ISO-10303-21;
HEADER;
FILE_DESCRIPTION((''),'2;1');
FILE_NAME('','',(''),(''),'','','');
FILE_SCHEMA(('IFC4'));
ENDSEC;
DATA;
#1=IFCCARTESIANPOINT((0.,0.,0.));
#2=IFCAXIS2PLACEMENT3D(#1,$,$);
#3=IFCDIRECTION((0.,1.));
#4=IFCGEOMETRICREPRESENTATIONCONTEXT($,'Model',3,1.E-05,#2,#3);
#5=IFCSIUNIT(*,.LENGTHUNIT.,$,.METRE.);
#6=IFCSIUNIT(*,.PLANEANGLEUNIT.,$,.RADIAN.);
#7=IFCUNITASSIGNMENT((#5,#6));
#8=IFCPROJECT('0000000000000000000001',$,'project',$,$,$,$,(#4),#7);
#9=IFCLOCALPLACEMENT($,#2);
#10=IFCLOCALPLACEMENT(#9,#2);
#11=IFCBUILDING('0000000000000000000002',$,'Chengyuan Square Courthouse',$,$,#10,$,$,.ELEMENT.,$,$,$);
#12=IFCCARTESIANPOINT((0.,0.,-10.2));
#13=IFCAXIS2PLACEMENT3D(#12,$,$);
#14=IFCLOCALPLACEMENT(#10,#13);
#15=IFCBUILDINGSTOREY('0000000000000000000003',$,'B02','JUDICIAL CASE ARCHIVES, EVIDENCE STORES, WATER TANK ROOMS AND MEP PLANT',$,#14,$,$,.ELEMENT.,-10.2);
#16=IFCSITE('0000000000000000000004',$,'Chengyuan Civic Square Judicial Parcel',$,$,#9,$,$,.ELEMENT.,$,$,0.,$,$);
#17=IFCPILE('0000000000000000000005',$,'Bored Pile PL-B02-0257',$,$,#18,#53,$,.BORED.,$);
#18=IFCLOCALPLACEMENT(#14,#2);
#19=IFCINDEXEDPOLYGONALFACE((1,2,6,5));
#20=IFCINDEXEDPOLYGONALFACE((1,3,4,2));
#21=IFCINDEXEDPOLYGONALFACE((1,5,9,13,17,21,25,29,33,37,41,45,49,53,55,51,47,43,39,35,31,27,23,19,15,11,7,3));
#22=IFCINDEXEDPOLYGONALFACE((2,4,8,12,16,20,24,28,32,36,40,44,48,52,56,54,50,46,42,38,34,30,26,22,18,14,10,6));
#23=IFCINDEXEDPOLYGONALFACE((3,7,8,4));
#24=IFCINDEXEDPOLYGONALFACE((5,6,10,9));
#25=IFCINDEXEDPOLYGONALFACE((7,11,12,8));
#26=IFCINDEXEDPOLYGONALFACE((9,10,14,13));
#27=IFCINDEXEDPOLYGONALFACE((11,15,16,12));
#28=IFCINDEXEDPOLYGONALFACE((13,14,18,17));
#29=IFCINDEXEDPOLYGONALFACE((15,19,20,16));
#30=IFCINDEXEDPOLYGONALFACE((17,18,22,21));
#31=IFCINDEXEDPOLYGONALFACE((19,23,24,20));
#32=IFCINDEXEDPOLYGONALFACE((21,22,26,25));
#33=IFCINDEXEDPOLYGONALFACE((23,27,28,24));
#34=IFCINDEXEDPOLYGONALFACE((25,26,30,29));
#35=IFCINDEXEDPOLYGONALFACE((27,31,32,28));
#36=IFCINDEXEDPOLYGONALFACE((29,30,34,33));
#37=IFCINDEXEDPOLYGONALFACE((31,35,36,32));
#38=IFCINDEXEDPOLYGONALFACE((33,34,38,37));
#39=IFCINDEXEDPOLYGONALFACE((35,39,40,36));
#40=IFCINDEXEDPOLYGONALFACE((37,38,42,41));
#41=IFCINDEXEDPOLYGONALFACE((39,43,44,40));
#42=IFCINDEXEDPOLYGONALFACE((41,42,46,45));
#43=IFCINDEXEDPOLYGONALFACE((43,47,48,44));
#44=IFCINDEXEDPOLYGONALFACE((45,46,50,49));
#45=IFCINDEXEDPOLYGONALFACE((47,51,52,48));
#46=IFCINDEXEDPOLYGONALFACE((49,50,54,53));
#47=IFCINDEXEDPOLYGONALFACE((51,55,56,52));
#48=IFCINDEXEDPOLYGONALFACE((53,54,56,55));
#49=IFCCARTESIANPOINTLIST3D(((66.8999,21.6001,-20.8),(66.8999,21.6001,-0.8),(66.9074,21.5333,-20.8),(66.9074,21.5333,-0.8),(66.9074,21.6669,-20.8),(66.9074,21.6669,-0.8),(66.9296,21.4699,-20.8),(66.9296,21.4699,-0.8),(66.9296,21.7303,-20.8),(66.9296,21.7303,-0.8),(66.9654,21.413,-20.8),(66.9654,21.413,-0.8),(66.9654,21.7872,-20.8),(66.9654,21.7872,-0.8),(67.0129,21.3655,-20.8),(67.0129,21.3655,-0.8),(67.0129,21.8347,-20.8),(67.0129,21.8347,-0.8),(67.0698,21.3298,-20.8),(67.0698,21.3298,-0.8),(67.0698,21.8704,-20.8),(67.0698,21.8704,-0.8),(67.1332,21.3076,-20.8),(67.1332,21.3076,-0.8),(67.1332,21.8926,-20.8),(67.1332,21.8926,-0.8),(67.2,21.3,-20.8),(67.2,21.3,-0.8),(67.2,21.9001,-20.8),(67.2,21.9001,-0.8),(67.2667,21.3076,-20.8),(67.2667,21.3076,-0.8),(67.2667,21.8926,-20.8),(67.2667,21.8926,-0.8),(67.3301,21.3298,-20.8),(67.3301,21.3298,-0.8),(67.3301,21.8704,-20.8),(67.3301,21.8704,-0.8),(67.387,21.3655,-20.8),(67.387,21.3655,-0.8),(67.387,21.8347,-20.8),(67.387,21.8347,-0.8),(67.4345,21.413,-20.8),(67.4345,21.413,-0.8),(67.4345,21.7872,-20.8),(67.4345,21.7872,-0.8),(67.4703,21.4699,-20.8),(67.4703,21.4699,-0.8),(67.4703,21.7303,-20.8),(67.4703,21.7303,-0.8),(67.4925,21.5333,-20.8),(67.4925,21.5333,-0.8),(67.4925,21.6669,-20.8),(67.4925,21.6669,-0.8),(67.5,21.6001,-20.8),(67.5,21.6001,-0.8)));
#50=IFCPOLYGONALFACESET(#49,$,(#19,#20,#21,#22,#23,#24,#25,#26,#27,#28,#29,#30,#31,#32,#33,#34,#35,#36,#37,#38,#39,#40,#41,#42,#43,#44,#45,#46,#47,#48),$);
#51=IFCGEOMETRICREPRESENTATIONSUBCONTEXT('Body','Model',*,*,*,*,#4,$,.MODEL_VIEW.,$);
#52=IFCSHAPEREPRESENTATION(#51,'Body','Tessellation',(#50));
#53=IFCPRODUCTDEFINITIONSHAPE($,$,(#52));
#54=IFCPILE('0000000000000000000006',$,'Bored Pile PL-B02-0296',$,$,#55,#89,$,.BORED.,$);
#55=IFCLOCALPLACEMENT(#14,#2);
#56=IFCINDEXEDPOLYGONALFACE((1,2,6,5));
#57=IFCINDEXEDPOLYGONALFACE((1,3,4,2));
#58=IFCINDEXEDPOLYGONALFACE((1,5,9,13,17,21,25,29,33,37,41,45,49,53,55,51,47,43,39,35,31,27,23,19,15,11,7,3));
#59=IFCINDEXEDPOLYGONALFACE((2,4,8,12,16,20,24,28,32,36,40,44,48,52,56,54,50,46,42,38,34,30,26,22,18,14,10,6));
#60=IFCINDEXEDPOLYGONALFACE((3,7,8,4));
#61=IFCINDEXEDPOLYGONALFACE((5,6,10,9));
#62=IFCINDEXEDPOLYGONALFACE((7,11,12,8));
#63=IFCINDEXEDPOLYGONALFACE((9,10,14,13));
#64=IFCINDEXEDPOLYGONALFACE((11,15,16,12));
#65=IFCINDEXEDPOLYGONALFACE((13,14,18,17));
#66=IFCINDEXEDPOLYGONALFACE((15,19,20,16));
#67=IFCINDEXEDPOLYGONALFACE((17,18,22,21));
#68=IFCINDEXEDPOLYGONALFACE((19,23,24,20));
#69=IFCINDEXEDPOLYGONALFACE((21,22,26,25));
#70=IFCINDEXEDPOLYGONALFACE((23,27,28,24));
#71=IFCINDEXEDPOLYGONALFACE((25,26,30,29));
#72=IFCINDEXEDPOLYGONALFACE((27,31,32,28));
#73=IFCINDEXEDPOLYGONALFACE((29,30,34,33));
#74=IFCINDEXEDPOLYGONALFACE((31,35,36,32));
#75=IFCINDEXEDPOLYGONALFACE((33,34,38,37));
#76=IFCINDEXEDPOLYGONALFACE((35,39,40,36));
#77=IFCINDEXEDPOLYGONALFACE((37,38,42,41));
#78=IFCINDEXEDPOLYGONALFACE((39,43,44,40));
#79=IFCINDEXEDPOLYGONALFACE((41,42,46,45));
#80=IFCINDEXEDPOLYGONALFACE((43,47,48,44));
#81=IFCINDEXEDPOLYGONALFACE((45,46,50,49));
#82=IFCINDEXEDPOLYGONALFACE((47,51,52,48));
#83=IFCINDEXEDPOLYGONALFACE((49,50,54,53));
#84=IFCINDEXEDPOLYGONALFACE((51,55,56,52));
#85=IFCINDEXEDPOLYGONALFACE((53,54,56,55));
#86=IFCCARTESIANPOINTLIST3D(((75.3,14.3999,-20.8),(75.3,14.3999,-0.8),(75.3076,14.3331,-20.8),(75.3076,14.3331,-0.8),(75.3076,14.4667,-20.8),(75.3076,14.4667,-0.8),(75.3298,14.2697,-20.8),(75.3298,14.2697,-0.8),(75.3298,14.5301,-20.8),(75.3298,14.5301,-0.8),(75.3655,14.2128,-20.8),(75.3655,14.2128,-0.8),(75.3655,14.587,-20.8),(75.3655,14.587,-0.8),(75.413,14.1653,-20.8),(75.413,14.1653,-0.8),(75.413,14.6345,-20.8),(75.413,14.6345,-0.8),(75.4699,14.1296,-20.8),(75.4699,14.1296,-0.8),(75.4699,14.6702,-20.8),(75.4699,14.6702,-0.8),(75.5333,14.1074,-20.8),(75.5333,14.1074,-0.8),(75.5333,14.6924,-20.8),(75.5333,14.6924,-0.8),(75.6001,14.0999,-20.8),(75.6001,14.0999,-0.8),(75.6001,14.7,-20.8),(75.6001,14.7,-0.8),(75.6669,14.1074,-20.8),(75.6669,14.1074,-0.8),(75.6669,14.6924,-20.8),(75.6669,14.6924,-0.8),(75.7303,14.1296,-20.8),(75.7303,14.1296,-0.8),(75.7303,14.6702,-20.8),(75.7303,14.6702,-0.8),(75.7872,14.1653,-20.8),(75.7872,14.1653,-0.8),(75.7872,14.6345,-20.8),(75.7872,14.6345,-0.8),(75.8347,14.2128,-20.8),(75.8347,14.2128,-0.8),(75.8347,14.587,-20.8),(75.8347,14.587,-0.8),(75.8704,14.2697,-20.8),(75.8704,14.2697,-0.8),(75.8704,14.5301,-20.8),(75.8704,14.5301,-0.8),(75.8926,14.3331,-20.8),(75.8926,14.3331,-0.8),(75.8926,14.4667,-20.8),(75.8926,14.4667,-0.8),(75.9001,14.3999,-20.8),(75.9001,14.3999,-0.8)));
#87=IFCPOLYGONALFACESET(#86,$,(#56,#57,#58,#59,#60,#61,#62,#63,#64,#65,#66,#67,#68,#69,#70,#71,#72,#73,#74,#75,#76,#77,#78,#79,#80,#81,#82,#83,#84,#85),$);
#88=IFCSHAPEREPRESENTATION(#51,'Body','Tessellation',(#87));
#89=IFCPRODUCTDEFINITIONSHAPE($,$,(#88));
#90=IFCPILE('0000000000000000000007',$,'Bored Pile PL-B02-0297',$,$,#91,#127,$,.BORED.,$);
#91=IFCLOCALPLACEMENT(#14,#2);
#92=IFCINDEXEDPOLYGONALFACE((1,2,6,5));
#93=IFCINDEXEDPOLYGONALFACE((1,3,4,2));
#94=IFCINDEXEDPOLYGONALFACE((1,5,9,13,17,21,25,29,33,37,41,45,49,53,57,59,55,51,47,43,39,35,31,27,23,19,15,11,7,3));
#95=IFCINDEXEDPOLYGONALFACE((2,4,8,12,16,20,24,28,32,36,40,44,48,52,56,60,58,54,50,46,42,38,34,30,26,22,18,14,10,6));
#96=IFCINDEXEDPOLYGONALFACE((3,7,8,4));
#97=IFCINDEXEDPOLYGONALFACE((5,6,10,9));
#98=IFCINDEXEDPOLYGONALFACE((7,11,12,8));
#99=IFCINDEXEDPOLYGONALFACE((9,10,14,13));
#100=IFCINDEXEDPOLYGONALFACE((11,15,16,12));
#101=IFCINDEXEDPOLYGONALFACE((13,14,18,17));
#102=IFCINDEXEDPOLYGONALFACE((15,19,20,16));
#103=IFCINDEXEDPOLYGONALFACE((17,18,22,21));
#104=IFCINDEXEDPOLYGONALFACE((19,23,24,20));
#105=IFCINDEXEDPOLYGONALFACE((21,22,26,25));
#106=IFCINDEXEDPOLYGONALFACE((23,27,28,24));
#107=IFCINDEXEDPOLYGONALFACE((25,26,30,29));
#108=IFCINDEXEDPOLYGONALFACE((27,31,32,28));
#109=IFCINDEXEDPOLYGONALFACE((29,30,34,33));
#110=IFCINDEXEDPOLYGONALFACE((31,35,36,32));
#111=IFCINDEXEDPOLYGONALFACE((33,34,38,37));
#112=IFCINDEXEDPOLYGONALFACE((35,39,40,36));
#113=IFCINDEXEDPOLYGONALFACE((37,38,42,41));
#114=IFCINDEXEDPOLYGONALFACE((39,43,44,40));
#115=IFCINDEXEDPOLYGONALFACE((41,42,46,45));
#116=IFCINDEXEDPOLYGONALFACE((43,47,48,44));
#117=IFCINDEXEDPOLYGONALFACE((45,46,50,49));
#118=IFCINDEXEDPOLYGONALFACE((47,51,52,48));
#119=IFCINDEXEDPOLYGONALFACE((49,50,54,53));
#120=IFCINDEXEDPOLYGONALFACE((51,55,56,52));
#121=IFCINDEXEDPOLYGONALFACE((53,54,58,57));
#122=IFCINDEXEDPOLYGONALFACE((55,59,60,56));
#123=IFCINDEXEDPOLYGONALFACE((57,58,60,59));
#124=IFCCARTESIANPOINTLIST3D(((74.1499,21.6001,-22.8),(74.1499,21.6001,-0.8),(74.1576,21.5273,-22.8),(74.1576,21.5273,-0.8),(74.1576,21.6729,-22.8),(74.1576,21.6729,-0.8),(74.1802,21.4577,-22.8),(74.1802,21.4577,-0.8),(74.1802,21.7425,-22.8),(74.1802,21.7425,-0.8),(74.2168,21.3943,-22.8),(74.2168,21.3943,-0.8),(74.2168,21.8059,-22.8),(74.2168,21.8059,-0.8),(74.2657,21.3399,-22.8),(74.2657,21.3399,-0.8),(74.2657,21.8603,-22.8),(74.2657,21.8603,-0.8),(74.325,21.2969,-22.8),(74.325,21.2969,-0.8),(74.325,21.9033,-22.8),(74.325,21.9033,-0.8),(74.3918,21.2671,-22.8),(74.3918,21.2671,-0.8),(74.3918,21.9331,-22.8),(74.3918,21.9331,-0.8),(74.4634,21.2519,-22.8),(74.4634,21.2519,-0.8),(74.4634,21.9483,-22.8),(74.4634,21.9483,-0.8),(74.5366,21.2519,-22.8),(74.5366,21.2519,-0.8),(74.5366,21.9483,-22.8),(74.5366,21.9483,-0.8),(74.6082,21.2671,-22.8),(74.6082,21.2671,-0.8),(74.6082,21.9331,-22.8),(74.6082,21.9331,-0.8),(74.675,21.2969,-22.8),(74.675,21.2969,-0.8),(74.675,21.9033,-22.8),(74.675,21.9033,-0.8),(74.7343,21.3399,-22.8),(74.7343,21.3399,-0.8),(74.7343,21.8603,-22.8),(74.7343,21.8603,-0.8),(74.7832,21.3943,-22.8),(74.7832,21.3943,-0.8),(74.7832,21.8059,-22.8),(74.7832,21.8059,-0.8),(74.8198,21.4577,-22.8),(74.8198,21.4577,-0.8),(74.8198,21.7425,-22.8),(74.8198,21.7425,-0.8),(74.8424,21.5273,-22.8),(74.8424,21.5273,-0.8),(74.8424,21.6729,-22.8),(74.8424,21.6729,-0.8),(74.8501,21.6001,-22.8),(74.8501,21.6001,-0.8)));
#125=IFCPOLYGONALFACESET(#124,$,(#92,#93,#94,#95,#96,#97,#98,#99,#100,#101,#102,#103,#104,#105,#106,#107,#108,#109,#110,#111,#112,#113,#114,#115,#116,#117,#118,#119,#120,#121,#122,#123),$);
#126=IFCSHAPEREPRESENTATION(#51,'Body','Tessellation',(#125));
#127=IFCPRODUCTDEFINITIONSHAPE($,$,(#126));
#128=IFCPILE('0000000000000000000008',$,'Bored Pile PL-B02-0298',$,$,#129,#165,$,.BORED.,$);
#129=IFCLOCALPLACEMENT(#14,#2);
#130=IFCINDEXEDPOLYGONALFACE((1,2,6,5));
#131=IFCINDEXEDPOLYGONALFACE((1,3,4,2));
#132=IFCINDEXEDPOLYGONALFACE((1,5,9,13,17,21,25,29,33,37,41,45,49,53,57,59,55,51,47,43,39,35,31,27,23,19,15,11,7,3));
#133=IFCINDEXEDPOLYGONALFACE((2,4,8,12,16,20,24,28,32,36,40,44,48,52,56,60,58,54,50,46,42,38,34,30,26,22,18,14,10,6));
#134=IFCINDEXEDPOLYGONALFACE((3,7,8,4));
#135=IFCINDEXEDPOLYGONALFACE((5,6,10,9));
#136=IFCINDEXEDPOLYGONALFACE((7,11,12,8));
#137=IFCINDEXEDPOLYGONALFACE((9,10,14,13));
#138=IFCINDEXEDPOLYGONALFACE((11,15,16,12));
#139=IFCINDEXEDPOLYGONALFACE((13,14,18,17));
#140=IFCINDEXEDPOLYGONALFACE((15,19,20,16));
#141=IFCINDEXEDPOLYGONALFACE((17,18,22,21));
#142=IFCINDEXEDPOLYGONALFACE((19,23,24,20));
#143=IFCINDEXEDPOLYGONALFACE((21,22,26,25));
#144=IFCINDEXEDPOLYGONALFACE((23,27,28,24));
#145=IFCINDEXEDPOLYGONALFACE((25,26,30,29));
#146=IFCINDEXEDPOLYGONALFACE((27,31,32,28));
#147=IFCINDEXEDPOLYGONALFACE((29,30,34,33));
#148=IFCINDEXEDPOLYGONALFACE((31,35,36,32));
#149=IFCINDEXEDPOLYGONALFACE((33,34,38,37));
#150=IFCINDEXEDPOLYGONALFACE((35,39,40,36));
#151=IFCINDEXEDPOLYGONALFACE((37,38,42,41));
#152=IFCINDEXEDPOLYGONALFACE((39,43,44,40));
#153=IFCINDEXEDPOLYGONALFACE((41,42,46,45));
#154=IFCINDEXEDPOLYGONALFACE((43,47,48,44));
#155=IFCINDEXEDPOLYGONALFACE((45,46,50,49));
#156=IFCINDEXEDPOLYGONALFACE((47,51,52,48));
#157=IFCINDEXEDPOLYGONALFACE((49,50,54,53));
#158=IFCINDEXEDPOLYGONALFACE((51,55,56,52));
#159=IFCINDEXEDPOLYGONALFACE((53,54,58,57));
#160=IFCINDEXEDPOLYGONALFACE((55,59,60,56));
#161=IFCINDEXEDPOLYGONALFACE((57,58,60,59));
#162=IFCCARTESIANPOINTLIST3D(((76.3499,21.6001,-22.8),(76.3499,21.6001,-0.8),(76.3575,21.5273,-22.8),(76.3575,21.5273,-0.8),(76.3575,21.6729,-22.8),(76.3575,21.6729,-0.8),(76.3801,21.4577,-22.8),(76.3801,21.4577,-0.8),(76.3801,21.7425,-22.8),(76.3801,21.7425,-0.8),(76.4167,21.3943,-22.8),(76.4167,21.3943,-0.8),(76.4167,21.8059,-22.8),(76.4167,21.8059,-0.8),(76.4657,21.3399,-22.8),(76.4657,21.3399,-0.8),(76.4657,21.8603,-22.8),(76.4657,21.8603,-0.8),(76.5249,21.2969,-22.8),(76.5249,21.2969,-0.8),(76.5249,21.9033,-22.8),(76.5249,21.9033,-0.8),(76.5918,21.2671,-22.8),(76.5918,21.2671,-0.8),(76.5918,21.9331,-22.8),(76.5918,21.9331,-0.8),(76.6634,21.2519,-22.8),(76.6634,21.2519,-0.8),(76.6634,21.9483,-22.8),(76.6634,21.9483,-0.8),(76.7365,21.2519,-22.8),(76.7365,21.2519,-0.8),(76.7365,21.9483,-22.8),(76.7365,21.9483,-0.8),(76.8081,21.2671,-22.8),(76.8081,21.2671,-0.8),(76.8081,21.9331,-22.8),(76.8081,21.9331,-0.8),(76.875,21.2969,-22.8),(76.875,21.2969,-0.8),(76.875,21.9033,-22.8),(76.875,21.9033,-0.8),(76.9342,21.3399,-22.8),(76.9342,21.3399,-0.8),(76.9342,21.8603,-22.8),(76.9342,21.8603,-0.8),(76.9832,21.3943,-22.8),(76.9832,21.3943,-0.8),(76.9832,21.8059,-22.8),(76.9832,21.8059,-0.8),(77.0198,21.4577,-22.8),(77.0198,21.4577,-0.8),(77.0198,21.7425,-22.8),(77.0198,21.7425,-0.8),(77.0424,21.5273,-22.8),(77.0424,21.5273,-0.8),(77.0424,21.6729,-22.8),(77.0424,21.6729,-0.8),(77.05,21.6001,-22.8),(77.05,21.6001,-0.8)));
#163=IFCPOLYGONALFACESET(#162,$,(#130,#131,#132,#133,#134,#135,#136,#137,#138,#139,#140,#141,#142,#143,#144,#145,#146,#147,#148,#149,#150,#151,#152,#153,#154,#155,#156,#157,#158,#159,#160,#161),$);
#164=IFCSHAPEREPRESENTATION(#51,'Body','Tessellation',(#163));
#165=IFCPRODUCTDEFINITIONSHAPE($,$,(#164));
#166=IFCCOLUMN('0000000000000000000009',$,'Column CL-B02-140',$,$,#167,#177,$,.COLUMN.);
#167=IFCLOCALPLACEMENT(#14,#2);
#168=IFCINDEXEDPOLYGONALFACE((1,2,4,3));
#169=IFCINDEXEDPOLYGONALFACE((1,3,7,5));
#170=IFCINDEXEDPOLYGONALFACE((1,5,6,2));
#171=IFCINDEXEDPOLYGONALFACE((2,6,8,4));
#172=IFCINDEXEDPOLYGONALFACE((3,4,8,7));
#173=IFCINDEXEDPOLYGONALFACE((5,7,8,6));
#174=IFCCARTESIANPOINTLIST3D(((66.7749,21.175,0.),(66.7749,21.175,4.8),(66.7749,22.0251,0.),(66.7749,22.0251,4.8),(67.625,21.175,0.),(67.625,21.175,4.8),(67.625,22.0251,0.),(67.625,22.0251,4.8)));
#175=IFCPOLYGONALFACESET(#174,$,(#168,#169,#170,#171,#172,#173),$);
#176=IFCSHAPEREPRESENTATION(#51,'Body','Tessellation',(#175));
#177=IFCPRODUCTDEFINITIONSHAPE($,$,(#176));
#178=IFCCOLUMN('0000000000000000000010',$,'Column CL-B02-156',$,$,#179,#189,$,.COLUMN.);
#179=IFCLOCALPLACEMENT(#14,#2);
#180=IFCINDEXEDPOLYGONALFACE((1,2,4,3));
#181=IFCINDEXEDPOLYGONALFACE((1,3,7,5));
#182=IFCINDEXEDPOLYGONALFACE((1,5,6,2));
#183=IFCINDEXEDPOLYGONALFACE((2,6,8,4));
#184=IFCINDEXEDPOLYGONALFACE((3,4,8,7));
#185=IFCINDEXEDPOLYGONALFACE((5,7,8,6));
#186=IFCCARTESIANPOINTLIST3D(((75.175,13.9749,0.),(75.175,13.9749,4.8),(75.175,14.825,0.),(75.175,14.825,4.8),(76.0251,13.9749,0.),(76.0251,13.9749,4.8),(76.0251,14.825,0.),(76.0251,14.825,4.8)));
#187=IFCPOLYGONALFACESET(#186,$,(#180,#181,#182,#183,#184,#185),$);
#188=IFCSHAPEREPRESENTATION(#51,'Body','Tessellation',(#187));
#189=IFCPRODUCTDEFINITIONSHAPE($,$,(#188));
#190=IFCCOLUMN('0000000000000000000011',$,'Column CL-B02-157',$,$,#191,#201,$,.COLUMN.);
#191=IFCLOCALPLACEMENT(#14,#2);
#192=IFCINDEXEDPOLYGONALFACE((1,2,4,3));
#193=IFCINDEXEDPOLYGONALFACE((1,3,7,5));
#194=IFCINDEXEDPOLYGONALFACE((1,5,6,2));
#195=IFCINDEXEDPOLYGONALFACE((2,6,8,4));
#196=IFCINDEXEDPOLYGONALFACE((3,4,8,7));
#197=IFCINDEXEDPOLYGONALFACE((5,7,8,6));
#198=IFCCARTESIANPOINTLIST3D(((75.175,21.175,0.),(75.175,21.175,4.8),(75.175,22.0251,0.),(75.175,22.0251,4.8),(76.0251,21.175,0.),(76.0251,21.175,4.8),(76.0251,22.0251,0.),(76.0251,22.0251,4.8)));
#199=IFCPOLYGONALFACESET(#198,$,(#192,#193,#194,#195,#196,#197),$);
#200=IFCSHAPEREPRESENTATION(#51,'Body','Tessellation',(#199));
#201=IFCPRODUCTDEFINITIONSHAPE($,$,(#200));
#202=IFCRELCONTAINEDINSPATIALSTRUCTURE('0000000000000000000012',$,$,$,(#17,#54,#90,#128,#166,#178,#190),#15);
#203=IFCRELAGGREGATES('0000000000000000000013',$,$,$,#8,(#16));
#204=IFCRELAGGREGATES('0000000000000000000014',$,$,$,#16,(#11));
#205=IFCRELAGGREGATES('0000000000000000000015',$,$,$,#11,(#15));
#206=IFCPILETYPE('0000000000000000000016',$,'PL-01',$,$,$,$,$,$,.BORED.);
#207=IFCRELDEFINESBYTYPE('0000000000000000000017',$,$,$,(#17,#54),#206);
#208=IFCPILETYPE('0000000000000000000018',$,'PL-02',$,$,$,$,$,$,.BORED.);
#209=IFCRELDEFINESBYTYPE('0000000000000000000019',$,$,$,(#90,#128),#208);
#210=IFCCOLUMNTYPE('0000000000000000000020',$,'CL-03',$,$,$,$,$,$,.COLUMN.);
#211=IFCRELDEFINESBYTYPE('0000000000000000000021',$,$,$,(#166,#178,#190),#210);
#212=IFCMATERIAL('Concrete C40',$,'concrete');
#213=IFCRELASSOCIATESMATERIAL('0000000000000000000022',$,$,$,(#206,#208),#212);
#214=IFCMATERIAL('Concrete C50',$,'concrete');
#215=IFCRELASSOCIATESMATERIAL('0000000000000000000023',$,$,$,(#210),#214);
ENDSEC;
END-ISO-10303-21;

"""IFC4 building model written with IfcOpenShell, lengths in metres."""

from ifc_helpers import new_model, si_unit, direction, frame, origin, origin_2d, place, context, subcontext, project, spatial, rectangle, circle, extrude, material, material_profile, profile_set, type_object, element, save


model = new_model("IFC4")

# Units and contexts
model_context = context("Model", 3, precision=1e-05, world=origin(), true_north=direction((0.0, 1.0)))
body_context = subcontext(model_context, "Body", "Model", "MODEL_VIEW")
ifc_project = project(units=[si_unit("LENGTHUNIT", "METRE"), si_unit("PLANEANGLEUNIT", "RADIAN")], contexts=[model_context])

# Site, building, storey
site_placement = place(None, origin())
site = spatial("IfcSite", under=ifc_project, at=site_placement, Name="Chengyuan Civic Square Judicial Parcel", CompositionType="ELEMENT", RefElevation=0.0)
building_placement = place(site_placement, origin())
building = spatial("IfcBuilding", under=site, at=building_placement, Name="Chengyuan Square Courthouse", CompositionType="ELEMENT")
storey_placement = place(building_placement, frame((0.0, 0.0, -10.2)))
storey = spatial("IfcBuildingStorey", under=building, at=storey_placement, Name="B02", Description="JUDICIAL CASE ARCHIVES, EVIDENCE STORES, WATER TANK ROOMS AND MEP PLANT", CompositionType="ELEMENT", Elevation=-10.2)

# Shared definitions
ifc_material_1 = material(Name="Concrete C40", Category="concrete")

# Piles
ifc_material_profile_1 = material_profile(ifc_material_1, circle(Radius=0.3, at=origin_2d()), Name="BORED PILE D600")
ifc_profile_set_1 = profile_set([ifc_material_profile_1], Name="Concrete C40")
pile_type_1 = type_object("IfcPileType", Name="PL-01", PredefinedType="BORED", material=ifc_profile_set_1)
for number, where, z_axis, x_axis, name in (
    (1, (67.2, 21.6001, -0.8), (0.0, 0.0, -1.0), (1.0, 0.0, 0.0), "Bored Pile PL-B02-0257"),
    (2, (75.6001, 14.3999, -0.8), (0.0, 0.0, -1.0), (1.0, 0.0, 0.0), "Bored Pile PL-B02-0296"),
):
    element("IfcPile", number, at=place(storey_placement, frame(where, z_axis=z_axis, x_axis=x_axis)), inside=storey, type_object=pile_type_1, Name=name, PredefinedType="BORED", context=body_context, shape_type="SweptSolid", body=[
        extrude(circle(Radius=0.3, at=origin_2d()), origin(), (0.0, 0.0, 1.0), 20.0),
    ])
ifc_material_profile_2 = material_profile(ifc_material_1, circle(Radius=0.3501, at=origin_2d()), Name="BORED PILE D700")
ifc_profile_set_2 = profile_set([ifc_material_profile_2], Name="Concrete C40")
pile_type_2 = type_object("IfcPileType", Name="PL-02", PredefinedType="BORED", material=ifc_profile_set_2)
for number, where, z_axis, x_axis, name in (
    (3, (74.5, 21.6001, -0.8), (0.0, 0.0, -1.0), (1.0, 0.0, 0.0), "Bored Pile PL-B02-0297"),
    (4, (76.7, 21.6001, -0.8), (0.0, 0.0, -1.0), (1.0, 0.0, 0.0), "Bored Pile PL-B02-0298"),
):
    element("IfcPile", number, at=place(storey_placement, frame(where, z_axis=z_axis, x_axis=x_axis)), inside=storey, type_object=pile_type_2, Name=name, PredefinedType="BORED", context=body_context, shape_type="SweptSolid", body=[
        extrude(circle(Radius=0.3501, at=origin_2d()), origin(), (0.0, 0.0, 1.0), 22.0),
    ])

# Columns
ifc_material_2 = material(Name="Concrete C50", Category="concrete")
ifc_material_profile_3 = material_profile(ifc_material_2, rectangle(XDim=0.8501, YDim=0.8501, at=origin_2d()), Name="RC-COL-850x850")
ifc_profile_set_3 = profile_set([ifc_material_profile_3], Name="Concrete C50")
column_type = type_object("IfcColumnType", Name="CL-03", PredefinedType="COLUMN", material=ifc_profile_set_3)
for number, where, z_axis, x_axis, name in (
    (5, (67.2, 21.6001, 0.0), (0.0, 0.0, 1.0), (1.0, 0.0, 0.0), "Column CL-B02-140"),
    (6, (75.6001, 14.3999, 0.0), (0.0, 0.0, 1.0), (1.0, 0.0, 0.0), "Column CL-B02-156"),
    (7, (75.6001, 21.6001, 0.0), (0.0, 0.0, 1.0), (1.0, 0.0, 0.0), "Column CL-B02-157"),
):
    element("IfcColumn", number, at=place(storey_placement, frame(where, z_axis=z_axis, x_axis=x_axis)), inside=storey, type_object=column_type, Name=name, PredefinedType="COLUMN", context=body_context, shape_type="SweptSolid", body=[
        extrude(rectangle(XDim=0.8501, YDim=0.8501, at=origin_2d()), origin(), (0.0, 0.0, 1.0), 4.8),
    ])

save(model, "model.ifc")
